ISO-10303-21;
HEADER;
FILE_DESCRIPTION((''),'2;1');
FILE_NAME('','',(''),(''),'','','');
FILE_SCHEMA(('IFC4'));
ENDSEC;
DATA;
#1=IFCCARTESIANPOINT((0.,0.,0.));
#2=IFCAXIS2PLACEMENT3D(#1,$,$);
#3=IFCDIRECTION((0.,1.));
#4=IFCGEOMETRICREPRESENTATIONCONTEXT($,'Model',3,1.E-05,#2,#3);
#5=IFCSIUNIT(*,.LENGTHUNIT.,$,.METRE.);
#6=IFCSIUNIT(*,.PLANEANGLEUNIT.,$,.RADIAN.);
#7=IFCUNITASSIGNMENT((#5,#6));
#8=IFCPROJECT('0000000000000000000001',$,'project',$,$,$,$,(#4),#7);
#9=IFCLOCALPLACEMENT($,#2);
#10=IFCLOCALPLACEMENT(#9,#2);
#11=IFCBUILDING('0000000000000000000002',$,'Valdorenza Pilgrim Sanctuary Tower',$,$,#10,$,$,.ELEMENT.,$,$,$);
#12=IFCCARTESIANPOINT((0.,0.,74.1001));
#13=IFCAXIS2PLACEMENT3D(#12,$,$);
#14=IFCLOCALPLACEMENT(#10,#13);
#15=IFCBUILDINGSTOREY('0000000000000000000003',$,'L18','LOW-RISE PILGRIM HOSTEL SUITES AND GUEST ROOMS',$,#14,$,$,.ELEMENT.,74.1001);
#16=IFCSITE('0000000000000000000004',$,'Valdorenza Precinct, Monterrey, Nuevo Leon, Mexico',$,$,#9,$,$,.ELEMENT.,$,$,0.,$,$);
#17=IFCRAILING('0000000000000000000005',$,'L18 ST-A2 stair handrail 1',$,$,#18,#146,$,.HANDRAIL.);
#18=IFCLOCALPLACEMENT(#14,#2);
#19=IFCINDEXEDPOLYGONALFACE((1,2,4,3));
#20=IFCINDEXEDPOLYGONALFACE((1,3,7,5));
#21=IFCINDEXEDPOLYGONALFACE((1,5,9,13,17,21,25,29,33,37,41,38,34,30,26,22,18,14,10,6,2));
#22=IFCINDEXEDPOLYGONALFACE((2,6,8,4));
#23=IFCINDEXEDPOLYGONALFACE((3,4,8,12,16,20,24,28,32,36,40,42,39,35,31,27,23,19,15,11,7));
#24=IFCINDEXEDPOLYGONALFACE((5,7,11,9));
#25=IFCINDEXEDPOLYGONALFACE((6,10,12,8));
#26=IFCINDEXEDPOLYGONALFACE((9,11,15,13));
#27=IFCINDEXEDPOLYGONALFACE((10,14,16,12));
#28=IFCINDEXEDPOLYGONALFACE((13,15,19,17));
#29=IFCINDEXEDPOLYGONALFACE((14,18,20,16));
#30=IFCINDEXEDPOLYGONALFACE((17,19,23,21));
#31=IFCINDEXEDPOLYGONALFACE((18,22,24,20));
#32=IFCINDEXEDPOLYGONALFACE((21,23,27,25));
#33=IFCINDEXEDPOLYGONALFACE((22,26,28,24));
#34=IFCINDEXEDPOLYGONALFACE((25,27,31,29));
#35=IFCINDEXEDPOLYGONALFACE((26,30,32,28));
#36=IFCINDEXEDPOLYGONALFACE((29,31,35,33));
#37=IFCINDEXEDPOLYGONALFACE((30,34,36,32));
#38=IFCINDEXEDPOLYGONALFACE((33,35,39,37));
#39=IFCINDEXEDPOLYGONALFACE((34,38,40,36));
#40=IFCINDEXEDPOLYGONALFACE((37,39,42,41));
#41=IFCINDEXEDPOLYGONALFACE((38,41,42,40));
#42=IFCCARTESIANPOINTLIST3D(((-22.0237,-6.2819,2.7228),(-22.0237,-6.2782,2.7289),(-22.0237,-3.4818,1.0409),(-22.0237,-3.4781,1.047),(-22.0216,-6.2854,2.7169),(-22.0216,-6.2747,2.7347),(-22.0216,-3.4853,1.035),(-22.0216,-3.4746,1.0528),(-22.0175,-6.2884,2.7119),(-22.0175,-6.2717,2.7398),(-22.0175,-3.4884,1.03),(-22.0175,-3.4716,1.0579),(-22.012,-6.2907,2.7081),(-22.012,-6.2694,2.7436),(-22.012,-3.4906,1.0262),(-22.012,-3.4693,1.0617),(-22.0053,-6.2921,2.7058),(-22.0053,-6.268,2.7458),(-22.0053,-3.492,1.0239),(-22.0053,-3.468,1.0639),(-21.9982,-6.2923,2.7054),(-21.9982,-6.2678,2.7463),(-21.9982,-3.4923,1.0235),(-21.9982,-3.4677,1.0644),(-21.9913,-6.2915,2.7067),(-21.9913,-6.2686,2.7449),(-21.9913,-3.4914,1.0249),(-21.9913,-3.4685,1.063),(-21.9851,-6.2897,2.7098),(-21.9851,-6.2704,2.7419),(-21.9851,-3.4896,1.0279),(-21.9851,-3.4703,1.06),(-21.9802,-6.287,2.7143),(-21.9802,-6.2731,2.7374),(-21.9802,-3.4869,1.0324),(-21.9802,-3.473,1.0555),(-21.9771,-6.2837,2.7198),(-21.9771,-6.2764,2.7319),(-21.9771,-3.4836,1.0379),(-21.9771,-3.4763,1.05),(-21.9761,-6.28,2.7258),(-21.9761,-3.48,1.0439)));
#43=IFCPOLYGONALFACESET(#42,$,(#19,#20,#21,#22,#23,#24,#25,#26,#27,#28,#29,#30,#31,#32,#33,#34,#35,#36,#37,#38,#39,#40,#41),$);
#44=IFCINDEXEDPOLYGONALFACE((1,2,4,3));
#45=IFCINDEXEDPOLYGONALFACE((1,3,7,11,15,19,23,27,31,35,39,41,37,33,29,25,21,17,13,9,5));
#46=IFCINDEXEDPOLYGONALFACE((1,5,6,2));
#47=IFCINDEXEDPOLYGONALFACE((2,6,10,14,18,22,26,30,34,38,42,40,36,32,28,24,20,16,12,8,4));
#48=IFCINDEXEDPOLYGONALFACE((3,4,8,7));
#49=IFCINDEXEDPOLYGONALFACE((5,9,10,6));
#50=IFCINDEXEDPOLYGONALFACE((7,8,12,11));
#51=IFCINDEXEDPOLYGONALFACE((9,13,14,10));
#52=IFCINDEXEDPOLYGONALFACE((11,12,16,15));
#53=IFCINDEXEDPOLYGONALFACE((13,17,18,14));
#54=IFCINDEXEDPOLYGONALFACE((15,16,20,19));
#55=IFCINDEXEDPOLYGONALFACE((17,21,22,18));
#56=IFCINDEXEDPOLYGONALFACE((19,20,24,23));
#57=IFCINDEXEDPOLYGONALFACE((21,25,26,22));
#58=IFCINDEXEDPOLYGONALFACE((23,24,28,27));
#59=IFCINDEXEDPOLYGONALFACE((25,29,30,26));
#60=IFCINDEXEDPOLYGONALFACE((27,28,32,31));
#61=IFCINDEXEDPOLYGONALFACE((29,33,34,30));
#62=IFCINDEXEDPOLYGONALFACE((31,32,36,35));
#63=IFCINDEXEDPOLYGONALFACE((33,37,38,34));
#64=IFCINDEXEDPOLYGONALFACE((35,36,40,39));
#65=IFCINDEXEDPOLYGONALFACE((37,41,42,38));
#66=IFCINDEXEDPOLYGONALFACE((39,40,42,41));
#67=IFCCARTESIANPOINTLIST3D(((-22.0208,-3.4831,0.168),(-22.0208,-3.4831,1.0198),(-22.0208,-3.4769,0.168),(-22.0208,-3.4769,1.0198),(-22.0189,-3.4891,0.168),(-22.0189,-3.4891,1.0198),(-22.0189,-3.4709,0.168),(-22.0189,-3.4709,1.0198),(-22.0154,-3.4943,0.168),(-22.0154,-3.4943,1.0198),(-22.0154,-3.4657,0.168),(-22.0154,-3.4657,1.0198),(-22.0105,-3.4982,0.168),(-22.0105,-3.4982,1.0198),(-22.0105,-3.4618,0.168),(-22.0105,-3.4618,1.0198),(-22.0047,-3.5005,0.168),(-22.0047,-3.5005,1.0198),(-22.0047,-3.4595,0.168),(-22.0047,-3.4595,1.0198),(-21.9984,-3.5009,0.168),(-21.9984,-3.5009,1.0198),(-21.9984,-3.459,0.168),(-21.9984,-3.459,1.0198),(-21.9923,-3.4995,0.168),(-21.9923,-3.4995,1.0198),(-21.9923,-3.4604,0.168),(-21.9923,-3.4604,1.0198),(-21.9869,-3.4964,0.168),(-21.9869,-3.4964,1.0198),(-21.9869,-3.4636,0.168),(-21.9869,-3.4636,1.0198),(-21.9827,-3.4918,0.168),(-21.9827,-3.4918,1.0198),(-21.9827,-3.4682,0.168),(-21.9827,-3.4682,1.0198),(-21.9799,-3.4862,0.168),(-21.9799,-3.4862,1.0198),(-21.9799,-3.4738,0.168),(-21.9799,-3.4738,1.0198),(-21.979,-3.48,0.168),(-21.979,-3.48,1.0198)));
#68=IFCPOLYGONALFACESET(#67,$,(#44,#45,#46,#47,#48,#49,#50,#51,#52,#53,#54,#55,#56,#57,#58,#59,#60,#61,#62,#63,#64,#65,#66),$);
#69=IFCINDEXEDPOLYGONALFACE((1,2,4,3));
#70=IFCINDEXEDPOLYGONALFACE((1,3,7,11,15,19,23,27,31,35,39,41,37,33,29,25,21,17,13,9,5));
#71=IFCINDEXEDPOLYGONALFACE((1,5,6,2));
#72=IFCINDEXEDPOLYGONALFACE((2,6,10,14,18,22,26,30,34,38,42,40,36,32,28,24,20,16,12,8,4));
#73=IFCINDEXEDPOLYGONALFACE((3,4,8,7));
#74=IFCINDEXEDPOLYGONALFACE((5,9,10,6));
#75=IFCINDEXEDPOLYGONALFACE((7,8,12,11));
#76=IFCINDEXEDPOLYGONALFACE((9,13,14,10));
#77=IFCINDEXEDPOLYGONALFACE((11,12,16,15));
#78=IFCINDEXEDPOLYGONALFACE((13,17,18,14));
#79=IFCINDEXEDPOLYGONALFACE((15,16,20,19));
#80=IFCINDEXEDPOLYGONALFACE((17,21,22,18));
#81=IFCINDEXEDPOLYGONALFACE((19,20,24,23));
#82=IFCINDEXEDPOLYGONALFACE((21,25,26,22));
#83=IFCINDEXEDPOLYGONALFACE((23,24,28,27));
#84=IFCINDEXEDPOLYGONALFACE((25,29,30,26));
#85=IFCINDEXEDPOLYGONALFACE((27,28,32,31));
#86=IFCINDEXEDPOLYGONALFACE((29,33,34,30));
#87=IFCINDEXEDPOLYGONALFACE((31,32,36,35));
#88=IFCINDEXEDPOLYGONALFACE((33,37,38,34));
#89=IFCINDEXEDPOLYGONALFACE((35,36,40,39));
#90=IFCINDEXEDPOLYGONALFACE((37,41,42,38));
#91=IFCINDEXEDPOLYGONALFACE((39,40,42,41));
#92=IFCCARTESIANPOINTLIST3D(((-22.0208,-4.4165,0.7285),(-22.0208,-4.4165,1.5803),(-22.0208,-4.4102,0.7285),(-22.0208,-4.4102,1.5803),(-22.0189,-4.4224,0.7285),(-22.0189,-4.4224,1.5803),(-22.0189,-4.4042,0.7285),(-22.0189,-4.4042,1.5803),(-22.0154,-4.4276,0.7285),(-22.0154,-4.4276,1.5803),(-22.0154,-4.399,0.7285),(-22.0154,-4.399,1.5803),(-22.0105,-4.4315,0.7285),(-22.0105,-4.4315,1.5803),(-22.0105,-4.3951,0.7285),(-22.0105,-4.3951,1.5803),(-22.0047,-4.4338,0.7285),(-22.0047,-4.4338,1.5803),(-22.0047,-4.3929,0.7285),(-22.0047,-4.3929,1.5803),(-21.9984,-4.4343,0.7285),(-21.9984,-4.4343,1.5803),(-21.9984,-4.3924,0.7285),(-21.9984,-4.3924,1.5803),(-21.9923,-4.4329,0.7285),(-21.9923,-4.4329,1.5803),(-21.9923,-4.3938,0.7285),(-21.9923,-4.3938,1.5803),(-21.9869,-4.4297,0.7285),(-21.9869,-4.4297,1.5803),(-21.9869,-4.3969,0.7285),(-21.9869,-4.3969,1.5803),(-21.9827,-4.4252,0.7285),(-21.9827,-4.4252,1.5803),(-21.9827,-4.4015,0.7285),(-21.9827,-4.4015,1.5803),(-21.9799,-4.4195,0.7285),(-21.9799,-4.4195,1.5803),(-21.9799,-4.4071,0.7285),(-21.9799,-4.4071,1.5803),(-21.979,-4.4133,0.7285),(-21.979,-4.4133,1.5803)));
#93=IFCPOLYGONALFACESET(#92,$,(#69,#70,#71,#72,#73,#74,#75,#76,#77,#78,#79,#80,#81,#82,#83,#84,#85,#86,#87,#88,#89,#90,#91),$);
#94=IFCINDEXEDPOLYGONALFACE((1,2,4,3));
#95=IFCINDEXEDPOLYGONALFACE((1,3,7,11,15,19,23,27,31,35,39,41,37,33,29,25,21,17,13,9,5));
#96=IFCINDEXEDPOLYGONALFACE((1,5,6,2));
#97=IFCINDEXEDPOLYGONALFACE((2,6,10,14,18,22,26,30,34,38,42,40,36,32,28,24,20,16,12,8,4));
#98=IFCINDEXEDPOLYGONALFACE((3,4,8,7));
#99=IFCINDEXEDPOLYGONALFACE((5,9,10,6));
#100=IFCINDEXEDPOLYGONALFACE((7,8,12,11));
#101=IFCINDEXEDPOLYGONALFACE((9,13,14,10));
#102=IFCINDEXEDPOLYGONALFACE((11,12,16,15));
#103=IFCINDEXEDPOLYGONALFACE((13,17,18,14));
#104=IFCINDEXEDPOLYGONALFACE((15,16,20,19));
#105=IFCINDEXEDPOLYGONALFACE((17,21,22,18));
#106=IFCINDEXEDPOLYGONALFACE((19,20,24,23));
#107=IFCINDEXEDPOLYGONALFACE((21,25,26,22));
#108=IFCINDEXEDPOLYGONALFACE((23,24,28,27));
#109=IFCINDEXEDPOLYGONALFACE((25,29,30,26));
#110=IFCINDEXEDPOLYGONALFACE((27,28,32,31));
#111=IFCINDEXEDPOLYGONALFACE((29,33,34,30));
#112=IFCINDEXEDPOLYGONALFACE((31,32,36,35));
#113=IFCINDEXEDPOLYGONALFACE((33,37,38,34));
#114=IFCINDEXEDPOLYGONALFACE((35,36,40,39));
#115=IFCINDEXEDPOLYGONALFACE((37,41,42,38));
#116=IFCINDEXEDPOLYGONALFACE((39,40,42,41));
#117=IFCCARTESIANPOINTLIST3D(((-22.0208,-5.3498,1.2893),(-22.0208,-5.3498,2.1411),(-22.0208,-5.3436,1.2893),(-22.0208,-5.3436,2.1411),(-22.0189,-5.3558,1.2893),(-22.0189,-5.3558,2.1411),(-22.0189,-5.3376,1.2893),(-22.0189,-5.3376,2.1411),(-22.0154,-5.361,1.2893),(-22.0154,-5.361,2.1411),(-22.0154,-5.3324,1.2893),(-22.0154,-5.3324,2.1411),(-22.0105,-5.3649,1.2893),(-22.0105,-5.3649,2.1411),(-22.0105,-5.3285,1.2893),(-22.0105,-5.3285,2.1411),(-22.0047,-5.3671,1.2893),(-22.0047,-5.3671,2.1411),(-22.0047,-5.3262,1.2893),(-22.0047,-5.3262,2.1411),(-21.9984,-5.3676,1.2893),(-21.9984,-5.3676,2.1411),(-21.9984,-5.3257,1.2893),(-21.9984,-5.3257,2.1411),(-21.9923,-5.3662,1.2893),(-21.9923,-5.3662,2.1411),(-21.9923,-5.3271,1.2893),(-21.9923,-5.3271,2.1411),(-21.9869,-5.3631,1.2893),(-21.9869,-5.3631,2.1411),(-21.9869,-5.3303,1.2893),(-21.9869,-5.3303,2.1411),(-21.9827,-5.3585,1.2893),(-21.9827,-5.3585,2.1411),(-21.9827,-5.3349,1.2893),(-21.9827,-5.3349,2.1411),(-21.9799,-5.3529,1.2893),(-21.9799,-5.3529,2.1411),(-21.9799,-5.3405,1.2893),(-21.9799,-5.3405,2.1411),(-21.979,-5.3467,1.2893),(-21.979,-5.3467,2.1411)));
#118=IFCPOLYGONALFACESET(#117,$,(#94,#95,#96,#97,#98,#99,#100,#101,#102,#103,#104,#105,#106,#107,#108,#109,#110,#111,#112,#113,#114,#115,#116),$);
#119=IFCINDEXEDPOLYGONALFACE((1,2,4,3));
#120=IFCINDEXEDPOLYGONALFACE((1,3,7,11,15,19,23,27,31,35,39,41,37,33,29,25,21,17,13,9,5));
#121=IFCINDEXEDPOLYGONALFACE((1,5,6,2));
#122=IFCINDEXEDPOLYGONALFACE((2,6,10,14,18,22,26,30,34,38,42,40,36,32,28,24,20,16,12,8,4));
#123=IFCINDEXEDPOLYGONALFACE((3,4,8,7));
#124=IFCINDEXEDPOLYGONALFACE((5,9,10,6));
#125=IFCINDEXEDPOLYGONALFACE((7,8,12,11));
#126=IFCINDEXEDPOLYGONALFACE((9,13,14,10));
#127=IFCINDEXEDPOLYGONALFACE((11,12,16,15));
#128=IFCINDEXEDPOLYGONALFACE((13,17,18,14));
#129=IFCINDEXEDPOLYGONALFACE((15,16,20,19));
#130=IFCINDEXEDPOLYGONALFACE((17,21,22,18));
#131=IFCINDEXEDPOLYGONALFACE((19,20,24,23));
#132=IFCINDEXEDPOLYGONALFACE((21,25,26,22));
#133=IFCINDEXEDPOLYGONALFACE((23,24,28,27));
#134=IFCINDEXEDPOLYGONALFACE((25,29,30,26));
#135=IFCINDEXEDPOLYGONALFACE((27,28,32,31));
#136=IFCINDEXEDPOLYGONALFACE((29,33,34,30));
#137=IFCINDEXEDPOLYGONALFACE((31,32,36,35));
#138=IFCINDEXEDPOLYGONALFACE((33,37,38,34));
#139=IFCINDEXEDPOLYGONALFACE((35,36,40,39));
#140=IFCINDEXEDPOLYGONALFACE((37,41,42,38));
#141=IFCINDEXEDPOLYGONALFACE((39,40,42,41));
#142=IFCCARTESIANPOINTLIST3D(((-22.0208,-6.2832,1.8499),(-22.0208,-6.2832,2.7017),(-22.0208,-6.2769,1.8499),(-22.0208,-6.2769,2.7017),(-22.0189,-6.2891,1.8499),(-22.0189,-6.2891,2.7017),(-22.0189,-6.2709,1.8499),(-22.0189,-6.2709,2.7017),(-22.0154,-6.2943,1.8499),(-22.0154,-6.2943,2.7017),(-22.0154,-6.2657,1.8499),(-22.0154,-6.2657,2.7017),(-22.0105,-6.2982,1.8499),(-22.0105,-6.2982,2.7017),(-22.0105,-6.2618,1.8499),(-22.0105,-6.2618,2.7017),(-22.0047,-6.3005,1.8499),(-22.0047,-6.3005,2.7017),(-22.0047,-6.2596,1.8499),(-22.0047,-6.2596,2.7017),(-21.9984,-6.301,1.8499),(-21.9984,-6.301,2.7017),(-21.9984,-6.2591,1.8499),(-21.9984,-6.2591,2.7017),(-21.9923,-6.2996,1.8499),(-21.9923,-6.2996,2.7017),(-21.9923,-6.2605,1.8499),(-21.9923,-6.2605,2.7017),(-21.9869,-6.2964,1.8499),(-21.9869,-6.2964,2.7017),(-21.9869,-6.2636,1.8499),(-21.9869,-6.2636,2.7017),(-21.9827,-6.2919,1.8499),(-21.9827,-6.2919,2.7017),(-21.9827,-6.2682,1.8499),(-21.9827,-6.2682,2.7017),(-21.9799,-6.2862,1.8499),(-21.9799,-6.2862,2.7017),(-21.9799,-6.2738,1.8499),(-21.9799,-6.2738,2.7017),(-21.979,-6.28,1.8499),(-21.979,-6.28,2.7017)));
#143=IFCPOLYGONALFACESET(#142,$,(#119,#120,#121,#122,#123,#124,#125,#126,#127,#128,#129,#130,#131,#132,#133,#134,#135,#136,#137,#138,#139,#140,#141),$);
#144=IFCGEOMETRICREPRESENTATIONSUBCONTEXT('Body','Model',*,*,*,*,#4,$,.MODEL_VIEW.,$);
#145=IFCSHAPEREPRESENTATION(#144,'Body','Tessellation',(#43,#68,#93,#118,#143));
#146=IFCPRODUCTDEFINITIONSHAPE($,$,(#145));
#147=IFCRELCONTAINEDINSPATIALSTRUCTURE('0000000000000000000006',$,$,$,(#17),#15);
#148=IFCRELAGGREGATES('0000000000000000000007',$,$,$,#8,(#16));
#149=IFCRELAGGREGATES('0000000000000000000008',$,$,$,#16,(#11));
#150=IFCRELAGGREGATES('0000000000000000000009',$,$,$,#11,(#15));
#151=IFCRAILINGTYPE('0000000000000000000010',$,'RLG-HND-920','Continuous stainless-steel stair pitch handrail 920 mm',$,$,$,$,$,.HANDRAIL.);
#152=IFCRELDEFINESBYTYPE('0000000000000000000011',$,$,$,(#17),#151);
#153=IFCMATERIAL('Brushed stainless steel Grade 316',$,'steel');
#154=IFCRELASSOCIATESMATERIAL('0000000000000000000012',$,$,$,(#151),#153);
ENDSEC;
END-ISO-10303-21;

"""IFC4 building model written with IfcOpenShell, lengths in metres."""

from ifc_helpers import new_model, si_unit, direction, frame, origin, origin_2d, place, context, subcontext, project, spatial, circle, extrude, material, type_object, element, save


model = new_model("IFC4")

# Units and contexts
model_context = context("Model", 3, precision=1e-05, world=origin(), true_north=direction((0.0, 1.0)))
body_context = subcontext(model_context, "Body", "Model", "MODEL_VIEW")
ifc_project = project(units=[si_unit("LENGTHUNIT", "METRE"), si_unit("PLANEANGLEUNIT", "RADIAN")], contexts=[model_context])

# Site, building, storey
site_placement = place(None, origin())
site = spatial("IfcSite", under=ifc_project, at=site_placement, Name="Valdorenza Precinct, Monterrey, Nuevo Leon, Mexico", CompositionType="ELEMENT", RefElevation=0.0)
building_placement = place(site_placement, origin())
building = spatial("IfcBuilding", under=site, at=building_placement, Name="Valdorenza Pilgrim Sanctuary Tower", CompositionType="ELEMENT")
storey_placement = place(building_placement, frame((0.0, 0.0, 74.1001)))
storey = spatial("IfcBuildingStorey", under=building, at=storey_placement, Name="L18", Description="LOW-RISE PILGRIM HOSTEL SUITES AND GUEST ROOMS", CompositionType="ELEMENT", Elevation=74.1001)

# Shared definitions
ifc_material_1 = material(Name="Brushed stainless steel Grade 316", Category="steel")

# Railing
railing_type_1 = type_object("IfcRailingType", Name="RLG-HND-920", Description="Continuous stainless-steel stair pitch handrail 920 mm", PredefinedType="HANDRAIL", material=ifc_material_1)
railing_1_placement = place(storey_placement, frame((-22.0, -3.48, 0.168)))
element("IfcRailing", 1, at=railing_1_placement, inside=storey, type_object=railing_type_1, Name="L18 ST-A2 stair handrail 1", PredefinedType="HANDRAIL", context=body_context, shape_type="SweptSolid", body=[
    extrude(circle(Radius=0.0239, at=origin_2d()), frame((0.0, 0.0, 0.876), z_axis=(0.0, -0.857242, 0.514913), x_axis=(1.0, 0.0, 0.0)), (0.0, 0.0, 1.0), 3.2664),
    extrude(circle(Radius=0.021, at=origin_2d()), origin(), (0.0, 0.0, 1.0), 0.8518),
    extrude(circle(Radius=0.021, at=origin_2d()), frame((0.0, -0.9333, 0.5605)), (0.0, 0.0, 1.0), 0.8518),
    extrude(circle(Radius=0.021, at=origin_2d()), frame((0.0, -1.8667, 1.1213)), (0.0, 0.0, 1.0), 0.8518),
    extrude(circle(Radius=0.021, at=origin_2d()), frame((0.0, -2.8, 1.6819)), (0.0, 0.0, 1.0), 0.8518),
])

save(model, "model.ifc")
